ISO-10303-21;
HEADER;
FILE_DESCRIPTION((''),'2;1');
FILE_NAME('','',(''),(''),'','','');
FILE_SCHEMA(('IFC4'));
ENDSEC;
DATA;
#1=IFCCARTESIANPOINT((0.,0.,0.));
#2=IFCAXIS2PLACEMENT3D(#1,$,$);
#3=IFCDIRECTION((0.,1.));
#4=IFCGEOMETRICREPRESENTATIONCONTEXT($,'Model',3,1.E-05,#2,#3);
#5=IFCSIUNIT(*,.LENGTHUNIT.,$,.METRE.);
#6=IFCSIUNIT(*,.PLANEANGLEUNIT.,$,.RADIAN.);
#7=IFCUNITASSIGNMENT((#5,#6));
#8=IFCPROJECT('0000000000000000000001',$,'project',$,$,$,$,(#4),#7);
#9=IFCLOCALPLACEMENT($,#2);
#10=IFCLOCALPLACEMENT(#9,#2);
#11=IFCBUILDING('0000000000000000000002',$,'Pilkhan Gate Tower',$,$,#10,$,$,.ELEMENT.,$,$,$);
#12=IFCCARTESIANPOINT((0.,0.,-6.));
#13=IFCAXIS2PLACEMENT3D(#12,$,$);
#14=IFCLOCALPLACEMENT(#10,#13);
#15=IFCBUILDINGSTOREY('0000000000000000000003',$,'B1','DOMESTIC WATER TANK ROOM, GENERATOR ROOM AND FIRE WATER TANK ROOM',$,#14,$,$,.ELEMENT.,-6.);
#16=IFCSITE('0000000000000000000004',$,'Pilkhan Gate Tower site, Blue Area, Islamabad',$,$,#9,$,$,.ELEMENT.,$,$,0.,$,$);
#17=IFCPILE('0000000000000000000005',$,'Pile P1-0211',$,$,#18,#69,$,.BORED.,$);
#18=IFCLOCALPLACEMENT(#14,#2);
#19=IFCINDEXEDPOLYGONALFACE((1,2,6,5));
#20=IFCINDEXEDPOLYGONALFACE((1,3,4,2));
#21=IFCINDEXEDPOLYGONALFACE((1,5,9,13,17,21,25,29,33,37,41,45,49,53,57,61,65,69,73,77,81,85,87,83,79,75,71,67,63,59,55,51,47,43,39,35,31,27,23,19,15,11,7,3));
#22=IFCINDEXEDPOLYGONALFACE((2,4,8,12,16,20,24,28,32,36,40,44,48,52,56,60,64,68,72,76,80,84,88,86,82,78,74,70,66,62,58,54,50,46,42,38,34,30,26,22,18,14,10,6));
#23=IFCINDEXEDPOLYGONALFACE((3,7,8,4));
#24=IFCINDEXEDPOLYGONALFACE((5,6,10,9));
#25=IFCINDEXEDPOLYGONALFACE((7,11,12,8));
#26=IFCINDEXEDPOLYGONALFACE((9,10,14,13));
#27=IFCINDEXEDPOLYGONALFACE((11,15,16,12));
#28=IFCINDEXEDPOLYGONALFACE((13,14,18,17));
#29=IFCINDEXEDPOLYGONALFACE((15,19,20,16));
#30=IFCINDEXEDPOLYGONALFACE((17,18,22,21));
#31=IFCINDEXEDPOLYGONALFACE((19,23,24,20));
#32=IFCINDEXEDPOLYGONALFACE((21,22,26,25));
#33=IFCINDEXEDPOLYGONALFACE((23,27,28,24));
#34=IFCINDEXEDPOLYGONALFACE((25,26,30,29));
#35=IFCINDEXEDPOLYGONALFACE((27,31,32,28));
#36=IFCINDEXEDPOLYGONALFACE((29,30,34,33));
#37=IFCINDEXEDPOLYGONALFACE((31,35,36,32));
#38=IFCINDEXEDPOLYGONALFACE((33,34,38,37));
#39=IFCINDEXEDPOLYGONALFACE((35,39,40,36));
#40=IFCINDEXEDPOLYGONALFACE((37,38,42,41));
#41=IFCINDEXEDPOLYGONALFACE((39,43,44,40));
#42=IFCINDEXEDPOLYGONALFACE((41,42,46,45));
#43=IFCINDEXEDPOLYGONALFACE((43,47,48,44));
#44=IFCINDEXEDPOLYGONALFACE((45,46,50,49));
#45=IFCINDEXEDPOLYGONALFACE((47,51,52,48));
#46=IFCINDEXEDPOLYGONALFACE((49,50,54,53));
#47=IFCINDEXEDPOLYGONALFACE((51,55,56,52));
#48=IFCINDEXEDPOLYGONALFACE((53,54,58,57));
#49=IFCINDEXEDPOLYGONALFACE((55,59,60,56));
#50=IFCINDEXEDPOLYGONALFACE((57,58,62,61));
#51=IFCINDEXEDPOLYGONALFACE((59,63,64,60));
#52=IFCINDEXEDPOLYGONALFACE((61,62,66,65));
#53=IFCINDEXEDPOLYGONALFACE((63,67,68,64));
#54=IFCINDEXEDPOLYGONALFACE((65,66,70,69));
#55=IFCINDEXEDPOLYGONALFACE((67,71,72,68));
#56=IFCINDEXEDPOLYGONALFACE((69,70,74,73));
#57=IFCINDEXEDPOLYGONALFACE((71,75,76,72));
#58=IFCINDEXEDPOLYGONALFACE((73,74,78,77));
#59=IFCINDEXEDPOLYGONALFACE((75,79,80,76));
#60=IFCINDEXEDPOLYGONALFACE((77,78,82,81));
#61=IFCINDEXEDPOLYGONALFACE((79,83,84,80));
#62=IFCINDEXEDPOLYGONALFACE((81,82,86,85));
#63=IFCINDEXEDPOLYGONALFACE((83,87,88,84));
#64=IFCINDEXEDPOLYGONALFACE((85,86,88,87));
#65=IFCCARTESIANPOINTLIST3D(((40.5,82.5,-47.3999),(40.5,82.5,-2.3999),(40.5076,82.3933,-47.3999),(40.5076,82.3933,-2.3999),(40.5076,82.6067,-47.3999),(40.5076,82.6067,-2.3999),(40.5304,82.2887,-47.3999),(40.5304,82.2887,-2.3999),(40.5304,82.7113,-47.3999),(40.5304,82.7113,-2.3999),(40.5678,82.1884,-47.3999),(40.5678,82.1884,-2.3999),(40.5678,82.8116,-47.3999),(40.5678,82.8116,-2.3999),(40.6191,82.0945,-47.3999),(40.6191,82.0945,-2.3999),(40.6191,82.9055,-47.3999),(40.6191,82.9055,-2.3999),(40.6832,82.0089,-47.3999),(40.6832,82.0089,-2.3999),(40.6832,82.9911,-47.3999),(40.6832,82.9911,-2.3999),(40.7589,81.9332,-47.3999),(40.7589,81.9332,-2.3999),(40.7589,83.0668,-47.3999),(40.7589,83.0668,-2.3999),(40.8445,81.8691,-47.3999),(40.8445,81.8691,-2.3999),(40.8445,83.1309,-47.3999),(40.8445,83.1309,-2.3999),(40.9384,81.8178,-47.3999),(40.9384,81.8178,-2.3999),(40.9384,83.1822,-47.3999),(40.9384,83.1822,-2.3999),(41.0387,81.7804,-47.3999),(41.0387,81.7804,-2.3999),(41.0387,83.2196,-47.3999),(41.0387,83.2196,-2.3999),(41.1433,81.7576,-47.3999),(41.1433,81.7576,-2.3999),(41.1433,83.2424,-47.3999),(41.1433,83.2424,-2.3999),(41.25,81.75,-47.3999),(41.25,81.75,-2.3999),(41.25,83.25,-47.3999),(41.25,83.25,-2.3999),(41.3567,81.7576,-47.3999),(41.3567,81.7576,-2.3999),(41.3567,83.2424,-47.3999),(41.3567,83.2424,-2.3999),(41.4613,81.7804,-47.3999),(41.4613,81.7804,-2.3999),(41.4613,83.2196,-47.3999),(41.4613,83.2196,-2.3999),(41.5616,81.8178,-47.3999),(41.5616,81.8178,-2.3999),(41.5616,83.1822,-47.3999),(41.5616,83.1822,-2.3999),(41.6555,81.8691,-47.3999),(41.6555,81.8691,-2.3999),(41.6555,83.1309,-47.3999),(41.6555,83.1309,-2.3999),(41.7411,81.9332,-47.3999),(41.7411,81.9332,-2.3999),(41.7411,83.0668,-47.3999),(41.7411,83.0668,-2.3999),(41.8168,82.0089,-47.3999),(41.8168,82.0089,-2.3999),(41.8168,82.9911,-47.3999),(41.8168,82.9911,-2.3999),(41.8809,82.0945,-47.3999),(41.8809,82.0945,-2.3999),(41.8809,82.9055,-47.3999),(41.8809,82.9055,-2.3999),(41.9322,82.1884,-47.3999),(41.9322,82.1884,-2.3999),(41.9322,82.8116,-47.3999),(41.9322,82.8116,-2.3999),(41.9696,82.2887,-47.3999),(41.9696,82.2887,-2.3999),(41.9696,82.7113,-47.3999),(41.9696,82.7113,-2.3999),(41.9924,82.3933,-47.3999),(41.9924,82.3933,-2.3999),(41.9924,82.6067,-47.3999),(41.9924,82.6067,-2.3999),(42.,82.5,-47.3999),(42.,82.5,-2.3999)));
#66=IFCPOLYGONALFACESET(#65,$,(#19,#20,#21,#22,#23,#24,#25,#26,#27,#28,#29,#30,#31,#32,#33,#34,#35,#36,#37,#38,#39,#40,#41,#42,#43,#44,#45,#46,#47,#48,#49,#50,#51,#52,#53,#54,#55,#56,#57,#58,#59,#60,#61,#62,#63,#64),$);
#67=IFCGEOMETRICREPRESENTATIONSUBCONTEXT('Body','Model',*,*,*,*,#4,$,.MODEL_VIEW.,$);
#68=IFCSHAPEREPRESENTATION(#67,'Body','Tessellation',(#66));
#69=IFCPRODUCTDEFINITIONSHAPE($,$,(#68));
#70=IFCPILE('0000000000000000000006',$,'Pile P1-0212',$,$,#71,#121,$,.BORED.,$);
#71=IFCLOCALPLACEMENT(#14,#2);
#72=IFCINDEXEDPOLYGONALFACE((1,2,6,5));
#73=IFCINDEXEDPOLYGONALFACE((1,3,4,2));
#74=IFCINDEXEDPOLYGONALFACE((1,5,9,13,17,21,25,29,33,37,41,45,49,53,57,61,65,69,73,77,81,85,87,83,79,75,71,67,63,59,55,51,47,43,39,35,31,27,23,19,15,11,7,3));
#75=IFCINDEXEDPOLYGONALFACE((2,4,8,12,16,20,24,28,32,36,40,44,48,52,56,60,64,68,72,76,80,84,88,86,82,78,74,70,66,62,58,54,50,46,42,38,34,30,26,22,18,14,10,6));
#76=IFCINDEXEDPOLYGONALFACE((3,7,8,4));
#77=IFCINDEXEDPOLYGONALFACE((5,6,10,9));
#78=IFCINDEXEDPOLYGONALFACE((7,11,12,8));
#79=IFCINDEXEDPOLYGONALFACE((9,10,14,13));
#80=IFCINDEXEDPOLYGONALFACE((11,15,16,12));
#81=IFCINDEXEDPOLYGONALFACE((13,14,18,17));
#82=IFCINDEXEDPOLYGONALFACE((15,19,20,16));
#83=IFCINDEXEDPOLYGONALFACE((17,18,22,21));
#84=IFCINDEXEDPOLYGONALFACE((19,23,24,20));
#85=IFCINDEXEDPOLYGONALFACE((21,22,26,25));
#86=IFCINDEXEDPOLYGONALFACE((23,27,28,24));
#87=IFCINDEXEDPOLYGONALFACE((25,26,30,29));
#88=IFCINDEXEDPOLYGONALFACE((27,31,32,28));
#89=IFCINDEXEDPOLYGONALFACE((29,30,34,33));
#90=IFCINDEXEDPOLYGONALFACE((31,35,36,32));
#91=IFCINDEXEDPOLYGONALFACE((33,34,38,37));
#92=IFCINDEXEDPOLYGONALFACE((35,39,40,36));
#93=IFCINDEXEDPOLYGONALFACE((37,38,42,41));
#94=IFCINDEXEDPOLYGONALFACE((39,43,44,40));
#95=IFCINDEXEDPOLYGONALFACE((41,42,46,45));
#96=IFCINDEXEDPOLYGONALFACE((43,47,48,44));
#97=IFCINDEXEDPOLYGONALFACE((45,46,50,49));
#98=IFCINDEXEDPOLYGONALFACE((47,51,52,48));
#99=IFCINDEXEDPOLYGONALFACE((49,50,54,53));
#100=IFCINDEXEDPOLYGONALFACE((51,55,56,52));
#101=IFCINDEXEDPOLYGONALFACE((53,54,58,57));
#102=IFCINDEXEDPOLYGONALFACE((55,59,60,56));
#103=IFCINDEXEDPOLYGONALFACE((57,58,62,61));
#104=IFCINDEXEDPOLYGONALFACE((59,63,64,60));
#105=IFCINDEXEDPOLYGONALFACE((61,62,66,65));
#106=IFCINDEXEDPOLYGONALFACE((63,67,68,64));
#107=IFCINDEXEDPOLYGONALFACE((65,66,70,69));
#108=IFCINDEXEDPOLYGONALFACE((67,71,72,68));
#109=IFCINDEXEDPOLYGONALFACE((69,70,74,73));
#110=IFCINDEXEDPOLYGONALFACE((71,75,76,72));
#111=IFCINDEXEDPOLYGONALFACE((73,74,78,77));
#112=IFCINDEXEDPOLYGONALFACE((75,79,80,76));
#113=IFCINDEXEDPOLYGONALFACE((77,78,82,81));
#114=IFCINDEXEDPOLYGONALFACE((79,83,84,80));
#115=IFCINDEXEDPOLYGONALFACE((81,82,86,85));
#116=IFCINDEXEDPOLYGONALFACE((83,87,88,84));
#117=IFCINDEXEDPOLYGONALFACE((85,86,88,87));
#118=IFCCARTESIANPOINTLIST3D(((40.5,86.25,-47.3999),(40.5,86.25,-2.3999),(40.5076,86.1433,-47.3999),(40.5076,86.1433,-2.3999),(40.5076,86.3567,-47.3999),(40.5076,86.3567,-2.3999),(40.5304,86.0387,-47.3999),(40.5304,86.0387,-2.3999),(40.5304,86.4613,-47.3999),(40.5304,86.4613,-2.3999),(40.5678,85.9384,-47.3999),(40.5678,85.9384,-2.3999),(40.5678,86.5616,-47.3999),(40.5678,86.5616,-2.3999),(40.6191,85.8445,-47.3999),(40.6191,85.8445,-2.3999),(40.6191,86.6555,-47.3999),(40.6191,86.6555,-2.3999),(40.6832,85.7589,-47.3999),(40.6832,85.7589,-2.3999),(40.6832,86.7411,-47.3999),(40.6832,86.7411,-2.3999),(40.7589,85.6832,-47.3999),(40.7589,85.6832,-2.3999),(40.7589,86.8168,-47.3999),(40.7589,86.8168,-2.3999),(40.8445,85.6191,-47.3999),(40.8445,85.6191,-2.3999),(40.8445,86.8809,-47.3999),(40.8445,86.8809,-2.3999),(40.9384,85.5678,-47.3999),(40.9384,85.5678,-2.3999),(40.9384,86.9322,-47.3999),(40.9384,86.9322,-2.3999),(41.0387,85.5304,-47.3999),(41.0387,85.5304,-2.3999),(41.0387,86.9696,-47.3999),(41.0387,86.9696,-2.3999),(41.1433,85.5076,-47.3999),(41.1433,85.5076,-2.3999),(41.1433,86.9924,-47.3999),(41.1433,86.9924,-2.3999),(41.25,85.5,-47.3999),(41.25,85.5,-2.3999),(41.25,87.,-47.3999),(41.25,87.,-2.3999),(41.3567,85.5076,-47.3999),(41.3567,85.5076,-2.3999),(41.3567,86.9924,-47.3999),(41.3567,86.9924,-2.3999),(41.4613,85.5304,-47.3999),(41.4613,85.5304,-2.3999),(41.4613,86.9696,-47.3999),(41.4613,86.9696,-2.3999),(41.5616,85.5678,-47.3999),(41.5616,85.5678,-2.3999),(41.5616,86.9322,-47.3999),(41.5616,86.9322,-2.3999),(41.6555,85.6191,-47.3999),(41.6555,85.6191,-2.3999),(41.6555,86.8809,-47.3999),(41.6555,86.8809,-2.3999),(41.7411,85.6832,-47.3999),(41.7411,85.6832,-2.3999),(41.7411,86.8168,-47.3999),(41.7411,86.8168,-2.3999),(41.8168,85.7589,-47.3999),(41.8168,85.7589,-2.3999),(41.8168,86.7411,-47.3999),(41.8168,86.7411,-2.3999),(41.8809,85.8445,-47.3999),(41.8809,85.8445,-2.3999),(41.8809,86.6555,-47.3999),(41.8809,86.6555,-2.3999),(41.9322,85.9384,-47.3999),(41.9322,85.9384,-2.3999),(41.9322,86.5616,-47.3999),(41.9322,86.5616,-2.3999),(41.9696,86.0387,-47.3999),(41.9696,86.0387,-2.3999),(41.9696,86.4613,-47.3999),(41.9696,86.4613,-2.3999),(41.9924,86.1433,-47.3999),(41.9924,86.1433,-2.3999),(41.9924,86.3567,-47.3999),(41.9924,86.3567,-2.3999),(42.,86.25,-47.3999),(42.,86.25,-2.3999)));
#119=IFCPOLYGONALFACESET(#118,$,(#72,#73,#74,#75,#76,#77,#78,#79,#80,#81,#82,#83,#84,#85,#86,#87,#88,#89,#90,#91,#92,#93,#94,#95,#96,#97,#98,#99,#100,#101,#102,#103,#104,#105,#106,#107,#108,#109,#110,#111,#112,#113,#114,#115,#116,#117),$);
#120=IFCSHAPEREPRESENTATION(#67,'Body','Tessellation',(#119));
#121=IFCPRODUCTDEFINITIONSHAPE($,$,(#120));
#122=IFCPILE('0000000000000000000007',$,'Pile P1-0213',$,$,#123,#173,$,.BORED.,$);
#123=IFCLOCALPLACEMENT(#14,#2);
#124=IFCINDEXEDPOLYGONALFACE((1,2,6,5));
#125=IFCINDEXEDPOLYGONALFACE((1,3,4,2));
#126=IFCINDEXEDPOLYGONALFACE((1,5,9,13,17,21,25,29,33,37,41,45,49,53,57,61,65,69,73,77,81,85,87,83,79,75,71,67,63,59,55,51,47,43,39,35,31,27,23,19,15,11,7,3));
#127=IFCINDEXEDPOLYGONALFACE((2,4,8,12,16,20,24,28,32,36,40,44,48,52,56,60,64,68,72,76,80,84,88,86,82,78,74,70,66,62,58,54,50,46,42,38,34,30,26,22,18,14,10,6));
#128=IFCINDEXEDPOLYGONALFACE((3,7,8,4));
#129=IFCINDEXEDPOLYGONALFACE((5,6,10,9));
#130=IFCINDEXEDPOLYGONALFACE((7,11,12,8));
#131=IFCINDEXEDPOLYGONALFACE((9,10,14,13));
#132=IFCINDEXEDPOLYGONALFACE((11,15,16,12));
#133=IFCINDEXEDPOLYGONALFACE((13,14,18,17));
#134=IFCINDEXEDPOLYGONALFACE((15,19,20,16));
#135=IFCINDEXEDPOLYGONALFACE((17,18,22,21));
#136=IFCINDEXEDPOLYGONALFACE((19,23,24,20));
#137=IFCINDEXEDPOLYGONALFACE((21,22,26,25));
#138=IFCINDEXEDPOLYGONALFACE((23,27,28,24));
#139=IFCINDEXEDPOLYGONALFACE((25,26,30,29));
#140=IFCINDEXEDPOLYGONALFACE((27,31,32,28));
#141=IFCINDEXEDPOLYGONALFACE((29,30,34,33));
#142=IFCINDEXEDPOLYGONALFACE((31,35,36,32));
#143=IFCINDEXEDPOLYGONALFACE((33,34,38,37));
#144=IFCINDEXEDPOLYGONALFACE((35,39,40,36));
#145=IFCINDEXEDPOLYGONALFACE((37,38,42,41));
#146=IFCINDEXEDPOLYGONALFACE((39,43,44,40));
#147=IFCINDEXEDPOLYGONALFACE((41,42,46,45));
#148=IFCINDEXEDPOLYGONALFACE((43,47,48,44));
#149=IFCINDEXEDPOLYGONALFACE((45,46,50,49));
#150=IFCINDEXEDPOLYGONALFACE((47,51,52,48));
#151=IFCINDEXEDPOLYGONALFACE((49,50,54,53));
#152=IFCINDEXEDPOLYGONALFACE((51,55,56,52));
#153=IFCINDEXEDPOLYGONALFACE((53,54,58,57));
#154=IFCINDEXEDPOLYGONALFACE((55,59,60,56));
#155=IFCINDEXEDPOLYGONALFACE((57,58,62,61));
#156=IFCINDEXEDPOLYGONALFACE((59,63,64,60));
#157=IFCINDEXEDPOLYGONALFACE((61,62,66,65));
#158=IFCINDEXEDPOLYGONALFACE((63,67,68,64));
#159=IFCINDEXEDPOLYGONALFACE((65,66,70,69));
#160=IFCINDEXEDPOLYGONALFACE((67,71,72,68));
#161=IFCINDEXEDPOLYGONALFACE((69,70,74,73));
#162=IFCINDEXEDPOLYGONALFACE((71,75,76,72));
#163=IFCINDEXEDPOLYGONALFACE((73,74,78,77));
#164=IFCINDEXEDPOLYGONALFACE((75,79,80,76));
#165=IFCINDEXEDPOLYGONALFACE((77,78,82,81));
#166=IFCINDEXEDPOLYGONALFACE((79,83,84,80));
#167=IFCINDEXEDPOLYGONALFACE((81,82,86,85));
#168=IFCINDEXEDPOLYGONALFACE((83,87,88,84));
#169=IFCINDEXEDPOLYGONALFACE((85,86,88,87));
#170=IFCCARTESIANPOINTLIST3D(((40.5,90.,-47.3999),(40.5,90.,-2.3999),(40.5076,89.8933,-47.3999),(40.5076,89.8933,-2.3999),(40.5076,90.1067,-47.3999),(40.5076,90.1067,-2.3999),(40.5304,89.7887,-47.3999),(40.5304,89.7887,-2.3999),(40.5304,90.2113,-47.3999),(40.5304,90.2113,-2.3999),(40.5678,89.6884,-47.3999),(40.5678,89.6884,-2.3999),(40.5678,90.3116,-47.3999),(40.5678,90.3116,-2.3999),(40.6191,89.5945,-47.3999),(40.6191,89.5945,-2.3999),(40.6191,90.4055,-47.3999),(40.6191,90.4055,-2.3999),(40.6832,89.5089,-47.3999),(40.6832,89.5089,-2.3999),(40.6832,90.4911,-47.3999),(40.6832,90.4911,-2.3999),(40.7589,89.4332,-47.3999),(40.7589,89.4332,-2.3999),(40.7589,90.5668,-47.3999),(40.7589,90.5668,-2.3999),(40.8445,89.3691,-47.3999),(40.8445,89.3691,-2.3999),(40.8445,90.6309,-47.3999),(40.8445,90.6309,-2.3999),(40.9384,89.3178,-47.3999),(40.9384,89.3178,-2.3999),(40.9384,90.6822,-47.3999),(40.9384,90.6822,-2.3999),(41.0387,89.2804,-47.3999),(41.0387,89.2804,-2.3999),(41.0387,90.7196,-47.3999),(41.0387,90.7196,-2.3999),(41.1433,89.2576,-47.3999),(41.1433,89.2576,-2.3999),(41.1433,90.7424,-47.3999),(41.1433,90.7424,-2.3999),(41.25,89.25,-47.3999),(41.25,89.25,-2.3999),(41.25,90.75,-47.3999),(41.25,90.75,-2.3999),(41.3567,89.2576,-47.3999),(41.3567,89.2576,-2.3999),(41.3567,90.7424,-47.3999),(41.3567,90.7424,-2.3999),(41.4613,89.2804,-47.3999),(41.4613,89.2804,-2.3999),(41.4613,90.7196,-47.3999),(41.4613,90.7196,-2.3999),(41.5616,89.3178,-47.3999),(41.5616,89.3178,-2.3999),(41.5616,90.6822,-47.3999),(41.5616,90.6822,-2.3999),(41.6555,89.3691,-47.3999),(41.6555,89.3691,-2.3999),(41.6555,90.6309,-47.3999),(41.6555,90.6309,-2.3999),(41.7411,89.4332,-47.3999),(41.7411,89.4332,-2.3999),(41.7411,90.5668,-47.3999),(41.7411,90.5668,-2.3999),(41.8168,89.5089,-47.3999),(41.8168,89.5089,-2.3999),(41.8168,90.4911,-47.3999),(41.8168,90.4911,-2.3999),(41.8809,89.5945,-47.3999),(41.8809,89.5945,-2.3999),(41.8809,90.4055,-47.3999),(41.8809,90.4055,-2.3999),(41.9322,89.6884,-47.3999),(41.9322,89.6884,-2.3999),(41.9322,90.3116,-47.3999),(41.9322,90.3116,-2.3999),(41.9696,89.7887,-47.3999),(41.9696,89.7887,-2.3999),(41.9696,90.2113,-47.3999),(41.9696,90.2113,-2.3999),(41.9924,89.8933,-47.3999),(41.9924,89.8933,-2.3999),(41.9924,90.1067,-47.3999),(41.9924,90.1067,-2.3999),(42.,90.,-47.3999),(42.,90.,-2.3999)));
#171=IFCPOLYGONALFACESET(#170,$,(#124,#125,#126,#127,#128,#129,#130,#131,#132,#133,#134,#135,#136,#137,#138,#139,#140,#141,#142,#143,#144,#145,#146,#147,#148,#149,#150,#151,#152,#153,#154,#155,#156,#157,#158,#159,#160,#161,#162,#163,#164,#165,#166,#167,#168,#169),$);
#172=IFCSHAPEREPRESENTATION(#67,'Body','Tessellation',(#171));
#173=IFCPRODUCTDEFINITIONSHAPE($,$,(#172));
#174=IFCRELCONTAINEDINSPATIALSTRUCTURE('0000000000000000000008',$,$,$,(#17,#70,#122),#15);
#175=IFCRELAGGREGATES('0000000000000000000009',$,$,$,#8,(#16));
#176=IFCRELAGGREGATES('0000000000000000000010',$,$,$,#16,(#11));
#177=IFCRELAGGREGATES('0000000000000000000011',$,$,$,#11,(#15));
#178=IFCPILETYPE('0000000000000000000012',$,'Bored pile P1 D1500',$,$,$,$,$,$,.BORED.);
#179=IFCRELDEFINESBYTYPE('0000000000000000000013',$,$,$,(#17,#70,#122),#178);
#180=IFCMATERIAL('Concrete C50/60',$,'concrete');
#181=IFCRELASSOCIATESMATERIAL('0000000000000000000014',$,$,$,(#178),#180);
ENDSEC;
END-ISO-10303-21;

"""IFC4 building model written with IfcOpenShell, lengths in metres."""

from ifc_helpers import new_model, si_unit, direction, frame, origin, origin_2d, place, context, subcontext, project, spatial, circle, extrude, material, material_profile, profile_set, type_object, element, save


model = new_model("IFC4")

# Units and contexts
model_context = context("Model", 3, precision=1e-05, world=origin(), true_north=direction((0.0, 1.0)))
body_context = subcontext(model_context, "Body", "Model", "MODEL_VIEW")
ifc_project = project(units=[si_unit("LENGTHUNIT", "METRE"), si_unit("PLANEANGLEUNIT", "RADIAN")], contexts=[model_context])

# Site, building, storey
site_placement = place(None, origin())
site = spatial("IfcSite", under=ifc_project, at=site_placement, Name="Pilkhan Gate Tower site, Blue Area, Islamabad", CompositionType="ELEMENT", RefElevation=0.0)
building_placement = place(site_placement, origin())
building = spatial("IfcBuilding", under=site, at=building_placement, Name="Pilkhan Gate Tower", CompositionType="ELEMENT")
storey_placement = place(building_placement, frame((0.0, 0.0, -6.0)))
storey = spatial("IfcBuildingStorey", under=building, at=storey_placement, Name="B1", Description="DOMESTIC WATER TANK ROOM, GENERATOR ROOM AND FIRE WATER TANK ROOM", CompositionType="ELEMENT", Elevation=-6.0)

# Piles
ifc_material_1 = material(Name="Concrete C50/60", Category="concrete")
ifc_material_profile_1 = material_profile(ifc_material_1, circle(Radius=0.75, at=origin_2d()), Name="Bored pile 1500 dia")
ifc_profile_set_1 = profile_set([ifc_material_profile_1], Name="Concrete C50/60")
pile_type = type_object("IfcPileType", Name="Bored pile P1 D1500", PredefinedType="BORED", material=ifc_profile_set_1)
for number, where, z_axis, x_axis, name in (
    (1, (41.25, 82.5, -2.3999), (0.0, 0.0, -1.0), (1.0, 0.0, 0.0), "Pile P1-0211"),
    (2, (41.25, 86.25, -2.3999), (0.0, 0.0, -1.0), (1.0, 0.0, 0.0), "Pile P1-0212"),
    (3, (41.25, 90.0, -2.3999), (0.0, 0.0, -1.0), (1.0, 0.0, 0.0), "Pile P1-0213"),
):
    element("IfcPile", number, at=place(storey_placement, frame(where, z_axis=z_axis, x_axis=x_axis)), inside=storey, type_object=pile_type, Name=name, PredefinedType="BORED", context=body_context, shape_type="SweptSolid", body=[
        extrude(circle(Radius=0.75, at=origin_2d()), origin(), (0.0, 0.0, 1.0), 45.0),
    ])

save(model, "model.ifc")
